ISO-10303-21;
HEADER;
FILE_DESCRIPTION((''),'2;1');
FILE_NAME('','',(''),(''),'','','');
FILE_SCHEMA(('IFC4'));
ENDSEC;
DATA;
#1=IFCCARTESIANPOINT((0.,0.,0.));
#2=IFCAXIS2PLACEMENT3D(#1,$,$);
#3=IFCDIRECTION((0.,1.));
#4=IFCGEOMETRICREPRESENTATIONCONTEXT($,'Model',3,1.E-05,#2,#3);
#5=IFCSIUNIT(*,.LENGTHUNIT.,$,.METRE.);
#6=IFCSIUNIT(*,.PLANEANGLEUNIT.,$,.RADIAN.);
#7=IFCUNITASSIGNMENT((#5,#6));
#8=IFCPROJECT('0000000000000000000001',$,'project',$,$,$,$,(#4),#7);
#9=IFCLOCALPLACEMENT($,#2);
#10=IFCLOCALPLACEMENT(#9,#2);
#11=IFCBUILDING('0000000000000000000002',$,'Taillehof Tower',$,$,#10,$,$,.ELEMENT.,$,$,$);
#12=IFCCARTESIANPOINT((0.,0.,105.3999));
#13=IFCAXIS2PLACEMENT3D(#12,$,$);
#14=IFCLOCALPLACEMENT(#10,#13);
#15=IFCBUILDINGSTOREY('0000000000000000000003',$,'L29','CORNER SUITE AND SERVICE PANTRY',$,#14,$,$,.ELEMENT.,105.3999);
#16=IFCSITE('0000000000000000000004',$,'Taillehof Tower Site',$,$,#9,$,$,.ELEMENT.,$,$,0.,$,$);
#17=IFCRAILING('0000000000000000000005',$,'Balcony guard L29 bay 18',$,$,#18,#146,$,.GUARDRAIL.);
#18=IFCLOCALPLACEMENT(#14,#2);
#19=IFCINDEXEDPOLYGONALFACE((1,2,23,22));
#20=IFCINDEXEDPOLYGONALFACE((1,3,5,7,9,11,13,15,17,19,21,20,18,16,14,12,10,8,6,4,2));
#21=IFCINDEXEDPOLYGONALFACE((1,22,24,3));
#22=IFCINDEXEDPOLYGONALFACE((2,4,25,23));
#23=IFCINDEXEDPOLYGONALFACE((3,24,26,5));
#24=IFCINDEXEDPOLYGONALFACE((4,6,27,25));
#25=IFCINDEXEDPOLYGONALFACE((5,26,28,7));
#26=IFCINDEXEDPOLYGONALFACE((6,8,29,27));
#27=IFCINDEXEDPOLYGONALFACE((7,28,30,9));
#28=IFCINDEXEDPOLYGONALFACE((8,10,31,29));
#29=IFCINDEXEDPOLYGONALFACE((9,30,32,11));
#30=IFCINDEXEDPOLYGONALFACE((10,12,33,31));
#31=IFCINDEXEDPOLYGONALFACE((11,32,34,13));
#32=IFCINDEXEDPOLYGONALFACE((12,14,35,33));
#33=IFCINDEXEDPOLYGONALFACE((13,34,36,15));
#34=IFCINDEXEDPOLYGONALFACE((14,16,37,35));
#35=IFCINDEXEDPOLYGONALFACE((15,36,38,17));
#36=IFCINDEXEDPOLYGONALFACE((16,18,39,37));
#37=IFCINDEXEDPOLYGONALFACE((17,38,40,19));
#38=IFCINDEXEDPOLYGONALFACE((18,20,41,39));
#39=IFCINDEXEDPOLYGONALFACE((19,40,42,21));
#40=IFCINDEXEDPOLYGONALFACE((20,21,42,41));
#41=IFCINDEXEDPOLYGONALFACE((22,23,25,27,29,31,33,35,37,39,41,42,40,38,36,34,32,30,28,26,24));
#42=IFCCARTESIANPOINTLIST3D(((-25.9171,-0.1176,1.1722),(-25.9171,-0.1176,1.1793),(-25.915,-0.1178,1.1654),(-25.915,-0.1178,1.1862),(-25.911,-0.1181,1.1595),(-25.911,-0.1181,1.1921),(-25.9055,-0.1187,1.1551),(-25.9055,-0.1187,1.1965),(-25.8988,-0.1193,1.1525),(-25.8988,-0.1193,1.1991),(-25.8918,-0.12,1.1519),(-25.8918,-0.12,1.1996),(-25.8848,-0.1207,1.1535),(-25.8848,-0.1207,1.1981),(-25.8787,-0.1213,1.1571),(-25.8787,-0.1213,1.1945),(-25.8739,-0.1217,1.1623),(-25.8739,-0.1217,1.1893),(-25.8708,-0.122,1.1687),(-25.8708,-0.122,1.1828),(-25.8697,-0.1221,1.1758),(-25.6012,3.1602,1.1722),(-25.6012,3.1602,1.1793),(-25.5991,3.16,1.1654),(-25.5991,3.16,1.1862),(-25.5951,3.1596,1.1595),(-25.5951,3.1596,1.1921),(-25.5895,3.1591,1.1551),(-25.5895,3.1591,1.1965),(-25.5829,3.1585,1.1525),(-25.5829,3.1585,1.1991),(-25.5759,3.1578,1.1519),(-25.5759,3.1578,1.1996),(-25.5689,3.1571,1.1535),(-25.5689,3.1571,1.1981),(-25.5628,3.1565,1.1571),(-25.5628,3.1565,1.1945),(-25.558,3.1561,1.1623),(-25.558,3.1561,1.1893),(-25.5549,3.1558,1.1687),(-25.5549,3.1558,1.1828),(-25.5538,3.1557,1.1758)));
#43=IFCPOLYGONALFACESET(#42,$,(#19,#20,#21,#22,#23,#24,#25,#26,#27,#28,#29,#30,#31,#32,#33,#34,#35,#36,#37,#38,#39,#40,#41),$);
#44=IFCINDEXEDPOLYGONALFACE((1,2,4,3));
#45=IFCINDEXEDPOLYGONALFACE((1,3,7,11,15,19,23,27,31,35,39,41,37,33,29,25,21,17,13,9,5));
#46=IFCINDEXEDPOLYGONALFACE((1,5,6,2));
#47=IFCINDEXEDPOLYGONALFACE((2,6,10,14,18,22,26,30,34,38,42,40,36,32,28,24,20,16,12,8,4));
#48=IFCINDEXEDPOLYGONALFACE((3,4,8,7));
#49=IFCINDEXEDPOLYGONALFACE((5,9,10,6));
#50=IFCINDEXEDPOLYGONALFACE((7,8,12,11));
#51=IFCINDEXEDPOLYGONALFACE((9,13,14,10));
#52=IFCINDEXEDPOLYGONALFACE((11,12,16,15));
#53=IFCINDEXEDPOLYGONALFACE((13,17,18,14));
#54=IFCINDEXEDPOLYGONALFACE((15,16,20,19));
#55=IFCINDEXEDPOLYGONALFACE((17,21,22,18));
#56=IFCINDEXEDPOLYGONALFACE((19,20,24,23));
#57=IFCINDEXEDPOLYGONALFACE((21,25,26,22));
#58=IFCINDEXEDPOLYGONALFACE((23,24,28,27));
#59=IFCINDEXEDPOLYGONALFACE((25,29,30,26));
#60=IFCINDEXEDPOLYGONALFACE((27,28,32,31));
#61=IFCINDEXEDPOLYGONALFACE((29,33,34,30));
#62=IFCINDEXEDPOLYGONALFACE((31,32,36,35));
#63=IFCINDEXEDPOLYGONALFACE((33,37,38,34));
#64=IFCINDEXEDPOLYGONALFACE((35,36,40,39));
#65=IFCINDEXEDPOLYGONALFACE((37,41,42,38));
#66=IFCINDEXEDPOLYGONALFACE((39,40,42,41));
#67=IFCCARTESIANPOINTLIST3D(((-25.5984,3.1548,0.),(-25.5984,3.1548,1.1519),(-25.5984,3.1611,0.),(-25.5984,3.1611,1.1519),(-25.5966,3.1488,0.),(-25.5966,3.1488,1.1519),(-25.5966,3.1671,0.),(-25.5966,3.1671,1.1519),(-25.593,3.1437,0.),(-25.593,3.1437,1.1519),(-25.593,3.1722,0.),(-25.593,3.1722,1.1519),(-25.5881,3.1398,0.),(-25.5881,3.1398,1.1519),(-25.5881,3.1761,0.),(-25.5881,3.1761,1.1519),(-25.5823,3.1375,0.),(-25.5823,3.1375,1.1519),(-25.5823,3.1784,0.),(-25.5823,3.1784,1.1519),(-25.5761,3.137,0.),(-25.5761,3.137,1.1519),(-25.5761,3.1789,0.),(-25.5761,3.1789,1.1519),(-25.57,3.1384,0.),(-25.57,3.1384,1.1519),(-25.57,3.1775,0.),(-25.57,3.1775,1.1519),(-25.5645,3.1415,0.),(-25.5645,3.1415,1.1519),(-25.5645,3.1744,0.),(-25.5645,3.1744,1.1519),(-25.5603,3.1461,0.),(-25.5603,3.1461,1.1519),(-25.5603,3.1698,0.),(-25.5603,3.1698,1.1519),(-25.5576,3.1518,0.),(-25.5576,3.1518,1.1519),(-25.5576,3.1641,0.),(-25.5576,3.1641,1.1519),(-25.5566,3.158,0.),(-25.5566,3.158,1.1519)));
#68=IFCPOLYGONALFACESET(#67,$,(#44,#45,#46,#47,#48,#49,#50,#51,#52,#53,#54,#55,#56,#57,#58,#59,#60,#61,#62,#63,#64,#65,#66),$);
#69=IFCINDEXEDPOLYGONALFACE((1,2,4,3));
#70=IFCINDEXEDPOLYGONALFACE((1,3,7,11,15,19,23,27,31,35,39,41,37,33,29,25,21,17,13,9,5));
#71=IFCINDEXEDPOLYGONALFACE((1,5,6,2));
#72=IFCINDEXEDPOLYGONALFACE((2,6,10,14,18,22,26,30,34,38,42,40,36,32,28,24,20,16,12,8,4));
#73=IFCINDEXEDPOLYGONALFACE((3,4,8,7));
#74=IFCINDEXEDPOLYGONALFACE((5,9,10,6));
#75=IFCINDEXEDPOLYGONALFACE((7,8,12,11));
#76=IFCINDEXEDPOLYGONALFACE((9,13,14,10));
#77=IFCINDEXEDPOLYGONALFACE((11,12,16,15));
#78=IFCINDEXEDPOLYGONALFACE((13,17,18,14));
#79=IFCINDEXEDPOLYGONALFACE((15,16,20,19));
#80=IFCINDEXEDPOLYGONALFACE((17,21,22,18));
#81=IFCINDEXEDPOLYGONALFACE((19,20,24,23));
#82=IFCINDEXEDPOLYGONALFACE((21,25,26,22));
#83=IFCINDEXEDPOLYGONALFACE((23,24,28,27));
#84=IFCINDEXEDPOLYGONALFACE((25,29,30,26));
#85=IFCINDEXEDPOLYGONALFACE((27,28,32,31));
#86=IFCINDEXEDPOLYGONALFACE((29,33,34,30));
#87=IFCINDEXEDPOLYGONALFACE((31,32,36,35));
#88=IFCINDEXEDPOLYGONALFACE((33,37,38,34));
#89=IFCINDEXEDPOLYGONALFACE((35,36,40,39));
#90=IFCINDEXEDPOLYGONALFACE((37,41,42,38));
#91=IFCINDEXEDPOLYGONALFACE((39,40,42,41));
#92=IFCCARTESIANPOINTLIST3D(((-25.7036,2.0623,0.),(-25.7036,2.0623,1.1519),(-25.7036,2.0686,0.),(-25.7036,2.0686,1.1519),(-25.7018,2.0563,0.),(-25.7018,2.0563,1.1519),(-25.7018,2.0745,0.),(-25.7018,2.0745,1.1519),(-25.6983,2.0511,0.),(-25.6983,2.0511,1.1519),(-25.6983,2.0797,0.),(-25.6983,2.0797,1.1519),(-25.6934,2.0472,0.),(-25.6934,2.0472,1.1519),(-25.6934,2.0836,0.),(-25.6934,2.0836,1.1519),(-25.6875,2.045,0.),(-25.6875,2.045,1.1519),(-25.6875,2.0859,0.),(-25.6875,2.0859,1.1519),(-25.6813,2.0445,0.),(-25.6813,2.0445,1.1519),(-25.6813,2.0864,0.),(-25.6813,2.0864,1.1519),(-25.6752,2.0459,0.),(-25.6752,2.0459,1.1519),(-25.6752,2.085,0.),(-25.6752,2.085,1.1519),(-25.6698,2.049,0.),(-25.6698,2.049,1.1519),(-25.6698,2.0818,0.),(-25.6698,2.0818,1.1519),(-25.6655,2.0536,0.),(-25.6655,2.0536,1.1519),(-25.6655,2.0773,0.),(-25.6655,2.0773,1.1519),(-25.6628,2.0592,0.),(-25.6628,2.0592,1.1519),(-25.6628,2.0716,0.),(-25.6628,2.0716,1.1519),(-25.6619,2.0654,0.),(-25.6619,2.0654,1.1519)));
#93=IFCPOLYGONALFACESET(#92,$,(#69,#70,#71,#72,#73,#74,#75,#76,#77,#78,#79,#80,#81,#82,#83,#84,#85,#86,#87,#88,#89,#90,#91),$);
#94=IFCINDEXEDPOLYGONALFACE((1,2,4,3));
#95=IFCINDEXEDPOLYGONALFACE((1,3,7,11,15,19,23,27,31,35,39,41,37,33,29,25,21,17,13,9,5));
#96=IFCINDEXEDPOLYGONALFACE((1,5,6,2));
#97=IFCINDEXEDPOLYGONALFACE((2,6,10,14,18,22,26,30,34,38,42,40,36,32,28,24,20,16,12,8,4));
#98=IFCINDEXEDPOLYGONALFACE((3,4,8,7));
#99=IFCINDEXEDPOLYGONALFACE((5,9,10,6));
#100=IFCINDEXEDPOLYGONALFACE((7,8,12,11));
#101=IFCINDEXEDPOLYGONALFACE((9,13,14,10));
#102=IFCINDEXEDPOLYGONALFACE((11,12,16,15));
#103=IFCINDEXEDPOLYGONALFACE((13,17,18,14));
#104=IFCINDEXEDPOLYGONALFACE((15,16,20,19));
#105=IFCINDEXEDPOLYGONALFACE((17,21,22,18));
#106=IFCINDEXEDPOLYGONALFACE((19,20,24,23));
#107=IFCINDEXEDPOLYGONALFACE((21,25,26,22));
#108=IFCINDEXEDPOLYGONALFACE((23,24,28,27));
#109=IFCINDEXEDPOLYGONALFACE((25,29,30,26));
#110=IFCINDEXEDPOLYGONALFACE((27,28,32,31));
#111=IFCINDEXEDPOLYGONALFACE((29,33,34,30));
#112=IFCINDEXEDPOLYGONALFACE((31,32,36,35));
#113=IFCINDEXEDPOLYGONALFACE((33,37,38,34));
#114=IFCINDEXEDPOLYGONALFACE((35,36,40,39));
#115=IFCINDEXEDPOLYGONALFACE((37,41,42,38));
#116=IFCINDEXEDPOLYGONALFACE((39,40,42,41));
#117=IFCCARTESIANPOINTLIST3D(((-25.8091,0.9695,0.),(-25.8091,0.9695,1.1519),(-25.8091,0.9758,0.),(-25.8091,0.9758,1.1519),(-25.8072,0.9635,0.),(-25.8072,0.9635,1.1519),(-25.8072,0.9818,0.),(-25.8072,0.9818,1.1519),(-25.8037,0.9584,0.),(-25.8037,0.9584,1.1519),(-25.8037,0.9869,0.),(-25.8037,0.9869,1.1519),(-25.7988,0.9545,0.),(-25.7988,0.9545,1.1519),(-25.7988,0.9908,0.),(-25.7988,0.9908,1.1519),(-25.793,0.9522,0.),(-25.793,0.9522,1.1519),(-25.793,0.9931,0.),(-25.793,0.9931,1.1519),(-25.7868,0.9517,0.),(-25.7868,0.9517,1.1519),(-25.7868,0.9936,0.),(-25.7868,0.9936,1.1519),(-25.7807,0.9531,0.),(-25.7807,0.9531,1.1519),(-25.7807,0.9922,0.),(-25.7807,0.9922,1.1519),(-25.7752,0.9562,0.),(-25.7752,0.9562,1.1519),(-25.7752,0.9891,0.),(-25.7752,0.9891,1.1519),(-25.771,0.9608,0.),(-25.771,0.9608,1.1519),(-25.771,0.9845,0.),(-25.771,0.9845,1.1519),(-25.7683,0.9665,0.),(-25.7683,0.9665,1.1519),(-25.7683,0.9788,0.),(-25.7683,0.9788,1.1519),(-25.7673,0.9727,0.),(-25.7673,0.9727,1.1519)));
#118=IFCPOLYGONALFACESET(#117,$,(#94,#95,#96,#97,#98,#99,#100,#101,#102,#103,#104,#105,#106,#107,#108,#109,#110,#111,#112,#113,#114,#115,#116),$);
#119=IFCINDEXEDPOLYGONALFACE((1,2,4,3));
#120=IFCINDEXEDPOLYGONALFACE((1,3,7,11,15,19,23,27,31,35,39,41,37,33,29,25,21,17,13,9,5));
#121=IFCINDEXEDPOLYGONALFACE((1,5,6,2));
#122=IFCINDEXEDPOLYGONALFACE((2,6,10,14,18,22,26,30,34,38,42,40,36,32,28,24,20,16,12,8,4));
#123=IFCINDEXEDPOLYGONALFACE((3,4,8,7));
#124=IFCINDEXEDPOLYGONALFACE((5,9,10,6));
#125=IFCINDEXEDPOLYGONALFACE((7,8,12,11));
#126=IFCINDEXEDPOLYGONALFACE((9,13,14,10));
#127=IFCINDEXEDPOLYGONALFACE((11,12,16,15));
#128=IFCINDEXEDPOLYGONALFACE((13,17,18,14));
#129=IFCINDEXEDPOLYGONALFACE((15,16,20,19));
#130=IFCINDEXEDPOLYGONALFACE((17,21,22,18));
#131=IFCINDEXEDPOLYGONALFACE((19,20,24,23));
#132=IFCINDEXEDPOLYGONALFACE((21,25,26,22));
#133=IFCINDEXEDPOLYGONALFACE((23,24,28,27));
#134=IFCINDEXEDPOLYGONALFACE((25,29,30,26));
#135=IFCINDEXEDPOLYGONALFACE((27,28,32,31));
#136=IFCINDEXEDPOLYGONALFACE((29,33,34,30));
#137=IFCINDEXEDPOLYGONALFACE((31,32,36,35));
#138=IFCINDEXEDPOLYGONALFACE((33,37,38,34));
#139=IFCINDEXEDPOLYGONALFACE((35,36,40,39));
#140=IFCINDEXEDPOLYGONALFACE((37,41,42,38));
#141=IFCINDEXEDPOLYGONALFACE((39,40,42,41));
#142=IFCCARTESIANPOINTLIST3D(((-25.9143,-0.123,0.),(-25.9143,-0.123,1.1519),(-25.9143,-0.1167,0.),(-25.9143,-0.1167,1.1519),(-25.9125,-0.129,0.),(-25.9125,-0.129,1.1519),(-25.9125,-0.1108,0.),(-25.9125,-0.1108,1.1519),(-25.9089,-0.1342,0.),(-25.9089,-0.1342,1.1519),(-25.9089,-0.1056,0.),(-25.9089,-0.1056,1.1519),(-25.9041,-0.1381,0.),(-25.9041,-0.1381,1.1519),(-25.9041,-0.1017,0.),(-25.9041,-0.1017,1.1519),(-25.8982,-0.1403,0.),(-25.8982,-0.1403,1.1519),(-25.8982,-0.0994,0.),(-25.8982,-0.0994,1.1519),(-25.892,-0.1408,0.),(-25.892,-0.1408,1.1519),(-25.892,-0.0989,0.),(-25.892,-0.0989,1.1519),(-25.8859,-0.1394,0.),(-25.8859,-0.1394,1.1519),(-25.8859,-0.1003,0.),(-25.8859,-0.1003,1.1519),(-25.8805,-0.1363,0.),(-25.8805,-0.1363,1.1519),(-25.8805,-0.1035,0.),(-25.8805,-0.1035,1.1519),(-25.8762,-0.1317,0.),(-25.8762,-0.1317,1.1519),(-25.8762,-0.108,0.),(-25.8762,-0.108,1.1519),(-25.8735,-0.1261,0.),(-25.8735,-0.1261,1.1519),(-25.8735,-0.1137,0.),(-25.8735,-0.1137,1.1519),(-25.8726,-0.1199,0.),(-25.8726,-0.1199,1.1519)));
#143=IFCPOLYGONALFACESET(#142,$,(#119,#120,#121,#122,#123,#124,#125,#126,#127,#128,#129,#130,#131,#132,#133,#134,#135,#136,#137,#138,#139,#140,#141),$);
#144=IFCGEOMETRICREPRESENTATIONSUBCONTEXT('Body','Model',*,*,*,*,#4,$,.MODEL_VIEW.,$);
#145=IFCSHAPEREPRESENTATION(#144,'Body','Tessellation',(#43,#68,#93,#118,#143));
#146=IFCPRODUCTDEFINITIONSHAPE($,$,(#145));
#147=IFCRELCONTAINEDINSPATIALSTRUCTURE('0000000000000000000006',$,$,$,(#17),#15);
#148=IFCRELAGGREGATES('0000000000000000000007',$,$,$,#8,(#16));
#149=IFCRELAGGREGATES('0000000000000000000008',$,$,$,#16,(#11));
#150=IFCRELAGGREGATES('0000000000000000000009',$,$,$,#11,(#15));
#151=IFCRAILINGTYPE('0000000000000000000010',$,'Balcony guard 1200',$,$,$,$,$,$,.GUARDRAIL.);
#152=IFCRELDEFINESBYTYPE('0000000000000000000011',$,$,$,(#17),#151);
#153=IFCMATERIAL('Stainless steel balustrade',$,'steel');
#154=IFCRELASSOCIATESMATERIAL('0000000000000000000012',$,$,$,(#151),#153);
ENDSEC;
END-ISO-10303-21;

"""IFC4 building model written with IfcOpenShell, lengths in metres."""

from ifc_helpers import new_model, si_unit, direction, frame, origin, origin_2d, place, context, subcontext, project, spatial, circle, extrude, material, type_object, element, save


model = new_model("IFC4")

# Units and contexts
model_context = context("Model", 3, precision=1e-05, world=origin(), true_north=direction((0.0, 1.0)))
body_context = subcontext(model_context, "Body", "Model", "MODEL_VIEW")
ifc_project = project(units=[si_unit("LENGTHUNIT", "METRE"), si_unit("PLANEANGLEUNIT", "RADIAN")], contexts=[model_context])

# Site, building, storey
site_placement = place(None, origin())
site = spatial("IfcSite", under=ifc_project, at=site_placement, Name="Taillehof Tower Site", CompositionType="ELEMENT", RefElevation=0.0)
building_placement = place(site_placement, origin())
building = spatial("IfcBuilding", under=site, at=building_placement, Name="Taillehof Tower", CompositionType="ELEMENT")
storey_placement = place(building_placement, frame((0.0, 0.0, 105.3999)))
storey = spatial("IfcBuildingStorey", under=building, at=storey_placement, Name="L29", Description="CORNER SUITE AND SERVICE PANTRY", CompositionType="ELEMENT", Elevation=105.3999)

# Railing
ifc_material_1 = material(Name="Stainless steel balustrade", Category="steel")
railing_type = type_object("IfcRailingType", Name="Balcony guard 1200", PredefinedType="GUARDRAIL", material=ifc_material_1)
railing_1_placement = place(storey_placement, frame((-25.5776, 3.158, 0.0)))
element("IfcRailing", 1, at=railing_1_placement, inside=storey, type_object=railing_type, Name="Balcony guard L29 bay 18", PredefinedType="GUARDRAIL", context=body_context, shape_type="SweptSolid", body=[
    extrude(circle(Radius=0.0239, at=origin_2d()), frame((0.0, 0.0, 1.1758), z_axis=(-0.095936, -0.995388, 0.0), x_axis=(0.995388, -0.095936, 0.0)), (0.0, 0.0, 1.0), 3.293),
    extrude(circle(Radius=0.021, at=origin_2d()), origin(), (0.0, 0.0, 1.0), 1.1519),
    extrude(circle(Radius=0.021, at=origin_2d()), frame((-0.1052, -1.0925, 0.0)), (0.0, 0.0, 1.0), 1.1519),
    extrude(circle(Radius=0.021, at=origin_2d()), frame((-0.2107, -2.1853, 0.0)), (0.0, 0.0, 1.0), 1.1519),
    extrude(circle(Radius=0.021, at=origin_2d()), frame((-0.3159, -3.2778, 0.0)), (0.0, 0.0, 1.0), 1.1519),
])

save(model, "model.ifc")
